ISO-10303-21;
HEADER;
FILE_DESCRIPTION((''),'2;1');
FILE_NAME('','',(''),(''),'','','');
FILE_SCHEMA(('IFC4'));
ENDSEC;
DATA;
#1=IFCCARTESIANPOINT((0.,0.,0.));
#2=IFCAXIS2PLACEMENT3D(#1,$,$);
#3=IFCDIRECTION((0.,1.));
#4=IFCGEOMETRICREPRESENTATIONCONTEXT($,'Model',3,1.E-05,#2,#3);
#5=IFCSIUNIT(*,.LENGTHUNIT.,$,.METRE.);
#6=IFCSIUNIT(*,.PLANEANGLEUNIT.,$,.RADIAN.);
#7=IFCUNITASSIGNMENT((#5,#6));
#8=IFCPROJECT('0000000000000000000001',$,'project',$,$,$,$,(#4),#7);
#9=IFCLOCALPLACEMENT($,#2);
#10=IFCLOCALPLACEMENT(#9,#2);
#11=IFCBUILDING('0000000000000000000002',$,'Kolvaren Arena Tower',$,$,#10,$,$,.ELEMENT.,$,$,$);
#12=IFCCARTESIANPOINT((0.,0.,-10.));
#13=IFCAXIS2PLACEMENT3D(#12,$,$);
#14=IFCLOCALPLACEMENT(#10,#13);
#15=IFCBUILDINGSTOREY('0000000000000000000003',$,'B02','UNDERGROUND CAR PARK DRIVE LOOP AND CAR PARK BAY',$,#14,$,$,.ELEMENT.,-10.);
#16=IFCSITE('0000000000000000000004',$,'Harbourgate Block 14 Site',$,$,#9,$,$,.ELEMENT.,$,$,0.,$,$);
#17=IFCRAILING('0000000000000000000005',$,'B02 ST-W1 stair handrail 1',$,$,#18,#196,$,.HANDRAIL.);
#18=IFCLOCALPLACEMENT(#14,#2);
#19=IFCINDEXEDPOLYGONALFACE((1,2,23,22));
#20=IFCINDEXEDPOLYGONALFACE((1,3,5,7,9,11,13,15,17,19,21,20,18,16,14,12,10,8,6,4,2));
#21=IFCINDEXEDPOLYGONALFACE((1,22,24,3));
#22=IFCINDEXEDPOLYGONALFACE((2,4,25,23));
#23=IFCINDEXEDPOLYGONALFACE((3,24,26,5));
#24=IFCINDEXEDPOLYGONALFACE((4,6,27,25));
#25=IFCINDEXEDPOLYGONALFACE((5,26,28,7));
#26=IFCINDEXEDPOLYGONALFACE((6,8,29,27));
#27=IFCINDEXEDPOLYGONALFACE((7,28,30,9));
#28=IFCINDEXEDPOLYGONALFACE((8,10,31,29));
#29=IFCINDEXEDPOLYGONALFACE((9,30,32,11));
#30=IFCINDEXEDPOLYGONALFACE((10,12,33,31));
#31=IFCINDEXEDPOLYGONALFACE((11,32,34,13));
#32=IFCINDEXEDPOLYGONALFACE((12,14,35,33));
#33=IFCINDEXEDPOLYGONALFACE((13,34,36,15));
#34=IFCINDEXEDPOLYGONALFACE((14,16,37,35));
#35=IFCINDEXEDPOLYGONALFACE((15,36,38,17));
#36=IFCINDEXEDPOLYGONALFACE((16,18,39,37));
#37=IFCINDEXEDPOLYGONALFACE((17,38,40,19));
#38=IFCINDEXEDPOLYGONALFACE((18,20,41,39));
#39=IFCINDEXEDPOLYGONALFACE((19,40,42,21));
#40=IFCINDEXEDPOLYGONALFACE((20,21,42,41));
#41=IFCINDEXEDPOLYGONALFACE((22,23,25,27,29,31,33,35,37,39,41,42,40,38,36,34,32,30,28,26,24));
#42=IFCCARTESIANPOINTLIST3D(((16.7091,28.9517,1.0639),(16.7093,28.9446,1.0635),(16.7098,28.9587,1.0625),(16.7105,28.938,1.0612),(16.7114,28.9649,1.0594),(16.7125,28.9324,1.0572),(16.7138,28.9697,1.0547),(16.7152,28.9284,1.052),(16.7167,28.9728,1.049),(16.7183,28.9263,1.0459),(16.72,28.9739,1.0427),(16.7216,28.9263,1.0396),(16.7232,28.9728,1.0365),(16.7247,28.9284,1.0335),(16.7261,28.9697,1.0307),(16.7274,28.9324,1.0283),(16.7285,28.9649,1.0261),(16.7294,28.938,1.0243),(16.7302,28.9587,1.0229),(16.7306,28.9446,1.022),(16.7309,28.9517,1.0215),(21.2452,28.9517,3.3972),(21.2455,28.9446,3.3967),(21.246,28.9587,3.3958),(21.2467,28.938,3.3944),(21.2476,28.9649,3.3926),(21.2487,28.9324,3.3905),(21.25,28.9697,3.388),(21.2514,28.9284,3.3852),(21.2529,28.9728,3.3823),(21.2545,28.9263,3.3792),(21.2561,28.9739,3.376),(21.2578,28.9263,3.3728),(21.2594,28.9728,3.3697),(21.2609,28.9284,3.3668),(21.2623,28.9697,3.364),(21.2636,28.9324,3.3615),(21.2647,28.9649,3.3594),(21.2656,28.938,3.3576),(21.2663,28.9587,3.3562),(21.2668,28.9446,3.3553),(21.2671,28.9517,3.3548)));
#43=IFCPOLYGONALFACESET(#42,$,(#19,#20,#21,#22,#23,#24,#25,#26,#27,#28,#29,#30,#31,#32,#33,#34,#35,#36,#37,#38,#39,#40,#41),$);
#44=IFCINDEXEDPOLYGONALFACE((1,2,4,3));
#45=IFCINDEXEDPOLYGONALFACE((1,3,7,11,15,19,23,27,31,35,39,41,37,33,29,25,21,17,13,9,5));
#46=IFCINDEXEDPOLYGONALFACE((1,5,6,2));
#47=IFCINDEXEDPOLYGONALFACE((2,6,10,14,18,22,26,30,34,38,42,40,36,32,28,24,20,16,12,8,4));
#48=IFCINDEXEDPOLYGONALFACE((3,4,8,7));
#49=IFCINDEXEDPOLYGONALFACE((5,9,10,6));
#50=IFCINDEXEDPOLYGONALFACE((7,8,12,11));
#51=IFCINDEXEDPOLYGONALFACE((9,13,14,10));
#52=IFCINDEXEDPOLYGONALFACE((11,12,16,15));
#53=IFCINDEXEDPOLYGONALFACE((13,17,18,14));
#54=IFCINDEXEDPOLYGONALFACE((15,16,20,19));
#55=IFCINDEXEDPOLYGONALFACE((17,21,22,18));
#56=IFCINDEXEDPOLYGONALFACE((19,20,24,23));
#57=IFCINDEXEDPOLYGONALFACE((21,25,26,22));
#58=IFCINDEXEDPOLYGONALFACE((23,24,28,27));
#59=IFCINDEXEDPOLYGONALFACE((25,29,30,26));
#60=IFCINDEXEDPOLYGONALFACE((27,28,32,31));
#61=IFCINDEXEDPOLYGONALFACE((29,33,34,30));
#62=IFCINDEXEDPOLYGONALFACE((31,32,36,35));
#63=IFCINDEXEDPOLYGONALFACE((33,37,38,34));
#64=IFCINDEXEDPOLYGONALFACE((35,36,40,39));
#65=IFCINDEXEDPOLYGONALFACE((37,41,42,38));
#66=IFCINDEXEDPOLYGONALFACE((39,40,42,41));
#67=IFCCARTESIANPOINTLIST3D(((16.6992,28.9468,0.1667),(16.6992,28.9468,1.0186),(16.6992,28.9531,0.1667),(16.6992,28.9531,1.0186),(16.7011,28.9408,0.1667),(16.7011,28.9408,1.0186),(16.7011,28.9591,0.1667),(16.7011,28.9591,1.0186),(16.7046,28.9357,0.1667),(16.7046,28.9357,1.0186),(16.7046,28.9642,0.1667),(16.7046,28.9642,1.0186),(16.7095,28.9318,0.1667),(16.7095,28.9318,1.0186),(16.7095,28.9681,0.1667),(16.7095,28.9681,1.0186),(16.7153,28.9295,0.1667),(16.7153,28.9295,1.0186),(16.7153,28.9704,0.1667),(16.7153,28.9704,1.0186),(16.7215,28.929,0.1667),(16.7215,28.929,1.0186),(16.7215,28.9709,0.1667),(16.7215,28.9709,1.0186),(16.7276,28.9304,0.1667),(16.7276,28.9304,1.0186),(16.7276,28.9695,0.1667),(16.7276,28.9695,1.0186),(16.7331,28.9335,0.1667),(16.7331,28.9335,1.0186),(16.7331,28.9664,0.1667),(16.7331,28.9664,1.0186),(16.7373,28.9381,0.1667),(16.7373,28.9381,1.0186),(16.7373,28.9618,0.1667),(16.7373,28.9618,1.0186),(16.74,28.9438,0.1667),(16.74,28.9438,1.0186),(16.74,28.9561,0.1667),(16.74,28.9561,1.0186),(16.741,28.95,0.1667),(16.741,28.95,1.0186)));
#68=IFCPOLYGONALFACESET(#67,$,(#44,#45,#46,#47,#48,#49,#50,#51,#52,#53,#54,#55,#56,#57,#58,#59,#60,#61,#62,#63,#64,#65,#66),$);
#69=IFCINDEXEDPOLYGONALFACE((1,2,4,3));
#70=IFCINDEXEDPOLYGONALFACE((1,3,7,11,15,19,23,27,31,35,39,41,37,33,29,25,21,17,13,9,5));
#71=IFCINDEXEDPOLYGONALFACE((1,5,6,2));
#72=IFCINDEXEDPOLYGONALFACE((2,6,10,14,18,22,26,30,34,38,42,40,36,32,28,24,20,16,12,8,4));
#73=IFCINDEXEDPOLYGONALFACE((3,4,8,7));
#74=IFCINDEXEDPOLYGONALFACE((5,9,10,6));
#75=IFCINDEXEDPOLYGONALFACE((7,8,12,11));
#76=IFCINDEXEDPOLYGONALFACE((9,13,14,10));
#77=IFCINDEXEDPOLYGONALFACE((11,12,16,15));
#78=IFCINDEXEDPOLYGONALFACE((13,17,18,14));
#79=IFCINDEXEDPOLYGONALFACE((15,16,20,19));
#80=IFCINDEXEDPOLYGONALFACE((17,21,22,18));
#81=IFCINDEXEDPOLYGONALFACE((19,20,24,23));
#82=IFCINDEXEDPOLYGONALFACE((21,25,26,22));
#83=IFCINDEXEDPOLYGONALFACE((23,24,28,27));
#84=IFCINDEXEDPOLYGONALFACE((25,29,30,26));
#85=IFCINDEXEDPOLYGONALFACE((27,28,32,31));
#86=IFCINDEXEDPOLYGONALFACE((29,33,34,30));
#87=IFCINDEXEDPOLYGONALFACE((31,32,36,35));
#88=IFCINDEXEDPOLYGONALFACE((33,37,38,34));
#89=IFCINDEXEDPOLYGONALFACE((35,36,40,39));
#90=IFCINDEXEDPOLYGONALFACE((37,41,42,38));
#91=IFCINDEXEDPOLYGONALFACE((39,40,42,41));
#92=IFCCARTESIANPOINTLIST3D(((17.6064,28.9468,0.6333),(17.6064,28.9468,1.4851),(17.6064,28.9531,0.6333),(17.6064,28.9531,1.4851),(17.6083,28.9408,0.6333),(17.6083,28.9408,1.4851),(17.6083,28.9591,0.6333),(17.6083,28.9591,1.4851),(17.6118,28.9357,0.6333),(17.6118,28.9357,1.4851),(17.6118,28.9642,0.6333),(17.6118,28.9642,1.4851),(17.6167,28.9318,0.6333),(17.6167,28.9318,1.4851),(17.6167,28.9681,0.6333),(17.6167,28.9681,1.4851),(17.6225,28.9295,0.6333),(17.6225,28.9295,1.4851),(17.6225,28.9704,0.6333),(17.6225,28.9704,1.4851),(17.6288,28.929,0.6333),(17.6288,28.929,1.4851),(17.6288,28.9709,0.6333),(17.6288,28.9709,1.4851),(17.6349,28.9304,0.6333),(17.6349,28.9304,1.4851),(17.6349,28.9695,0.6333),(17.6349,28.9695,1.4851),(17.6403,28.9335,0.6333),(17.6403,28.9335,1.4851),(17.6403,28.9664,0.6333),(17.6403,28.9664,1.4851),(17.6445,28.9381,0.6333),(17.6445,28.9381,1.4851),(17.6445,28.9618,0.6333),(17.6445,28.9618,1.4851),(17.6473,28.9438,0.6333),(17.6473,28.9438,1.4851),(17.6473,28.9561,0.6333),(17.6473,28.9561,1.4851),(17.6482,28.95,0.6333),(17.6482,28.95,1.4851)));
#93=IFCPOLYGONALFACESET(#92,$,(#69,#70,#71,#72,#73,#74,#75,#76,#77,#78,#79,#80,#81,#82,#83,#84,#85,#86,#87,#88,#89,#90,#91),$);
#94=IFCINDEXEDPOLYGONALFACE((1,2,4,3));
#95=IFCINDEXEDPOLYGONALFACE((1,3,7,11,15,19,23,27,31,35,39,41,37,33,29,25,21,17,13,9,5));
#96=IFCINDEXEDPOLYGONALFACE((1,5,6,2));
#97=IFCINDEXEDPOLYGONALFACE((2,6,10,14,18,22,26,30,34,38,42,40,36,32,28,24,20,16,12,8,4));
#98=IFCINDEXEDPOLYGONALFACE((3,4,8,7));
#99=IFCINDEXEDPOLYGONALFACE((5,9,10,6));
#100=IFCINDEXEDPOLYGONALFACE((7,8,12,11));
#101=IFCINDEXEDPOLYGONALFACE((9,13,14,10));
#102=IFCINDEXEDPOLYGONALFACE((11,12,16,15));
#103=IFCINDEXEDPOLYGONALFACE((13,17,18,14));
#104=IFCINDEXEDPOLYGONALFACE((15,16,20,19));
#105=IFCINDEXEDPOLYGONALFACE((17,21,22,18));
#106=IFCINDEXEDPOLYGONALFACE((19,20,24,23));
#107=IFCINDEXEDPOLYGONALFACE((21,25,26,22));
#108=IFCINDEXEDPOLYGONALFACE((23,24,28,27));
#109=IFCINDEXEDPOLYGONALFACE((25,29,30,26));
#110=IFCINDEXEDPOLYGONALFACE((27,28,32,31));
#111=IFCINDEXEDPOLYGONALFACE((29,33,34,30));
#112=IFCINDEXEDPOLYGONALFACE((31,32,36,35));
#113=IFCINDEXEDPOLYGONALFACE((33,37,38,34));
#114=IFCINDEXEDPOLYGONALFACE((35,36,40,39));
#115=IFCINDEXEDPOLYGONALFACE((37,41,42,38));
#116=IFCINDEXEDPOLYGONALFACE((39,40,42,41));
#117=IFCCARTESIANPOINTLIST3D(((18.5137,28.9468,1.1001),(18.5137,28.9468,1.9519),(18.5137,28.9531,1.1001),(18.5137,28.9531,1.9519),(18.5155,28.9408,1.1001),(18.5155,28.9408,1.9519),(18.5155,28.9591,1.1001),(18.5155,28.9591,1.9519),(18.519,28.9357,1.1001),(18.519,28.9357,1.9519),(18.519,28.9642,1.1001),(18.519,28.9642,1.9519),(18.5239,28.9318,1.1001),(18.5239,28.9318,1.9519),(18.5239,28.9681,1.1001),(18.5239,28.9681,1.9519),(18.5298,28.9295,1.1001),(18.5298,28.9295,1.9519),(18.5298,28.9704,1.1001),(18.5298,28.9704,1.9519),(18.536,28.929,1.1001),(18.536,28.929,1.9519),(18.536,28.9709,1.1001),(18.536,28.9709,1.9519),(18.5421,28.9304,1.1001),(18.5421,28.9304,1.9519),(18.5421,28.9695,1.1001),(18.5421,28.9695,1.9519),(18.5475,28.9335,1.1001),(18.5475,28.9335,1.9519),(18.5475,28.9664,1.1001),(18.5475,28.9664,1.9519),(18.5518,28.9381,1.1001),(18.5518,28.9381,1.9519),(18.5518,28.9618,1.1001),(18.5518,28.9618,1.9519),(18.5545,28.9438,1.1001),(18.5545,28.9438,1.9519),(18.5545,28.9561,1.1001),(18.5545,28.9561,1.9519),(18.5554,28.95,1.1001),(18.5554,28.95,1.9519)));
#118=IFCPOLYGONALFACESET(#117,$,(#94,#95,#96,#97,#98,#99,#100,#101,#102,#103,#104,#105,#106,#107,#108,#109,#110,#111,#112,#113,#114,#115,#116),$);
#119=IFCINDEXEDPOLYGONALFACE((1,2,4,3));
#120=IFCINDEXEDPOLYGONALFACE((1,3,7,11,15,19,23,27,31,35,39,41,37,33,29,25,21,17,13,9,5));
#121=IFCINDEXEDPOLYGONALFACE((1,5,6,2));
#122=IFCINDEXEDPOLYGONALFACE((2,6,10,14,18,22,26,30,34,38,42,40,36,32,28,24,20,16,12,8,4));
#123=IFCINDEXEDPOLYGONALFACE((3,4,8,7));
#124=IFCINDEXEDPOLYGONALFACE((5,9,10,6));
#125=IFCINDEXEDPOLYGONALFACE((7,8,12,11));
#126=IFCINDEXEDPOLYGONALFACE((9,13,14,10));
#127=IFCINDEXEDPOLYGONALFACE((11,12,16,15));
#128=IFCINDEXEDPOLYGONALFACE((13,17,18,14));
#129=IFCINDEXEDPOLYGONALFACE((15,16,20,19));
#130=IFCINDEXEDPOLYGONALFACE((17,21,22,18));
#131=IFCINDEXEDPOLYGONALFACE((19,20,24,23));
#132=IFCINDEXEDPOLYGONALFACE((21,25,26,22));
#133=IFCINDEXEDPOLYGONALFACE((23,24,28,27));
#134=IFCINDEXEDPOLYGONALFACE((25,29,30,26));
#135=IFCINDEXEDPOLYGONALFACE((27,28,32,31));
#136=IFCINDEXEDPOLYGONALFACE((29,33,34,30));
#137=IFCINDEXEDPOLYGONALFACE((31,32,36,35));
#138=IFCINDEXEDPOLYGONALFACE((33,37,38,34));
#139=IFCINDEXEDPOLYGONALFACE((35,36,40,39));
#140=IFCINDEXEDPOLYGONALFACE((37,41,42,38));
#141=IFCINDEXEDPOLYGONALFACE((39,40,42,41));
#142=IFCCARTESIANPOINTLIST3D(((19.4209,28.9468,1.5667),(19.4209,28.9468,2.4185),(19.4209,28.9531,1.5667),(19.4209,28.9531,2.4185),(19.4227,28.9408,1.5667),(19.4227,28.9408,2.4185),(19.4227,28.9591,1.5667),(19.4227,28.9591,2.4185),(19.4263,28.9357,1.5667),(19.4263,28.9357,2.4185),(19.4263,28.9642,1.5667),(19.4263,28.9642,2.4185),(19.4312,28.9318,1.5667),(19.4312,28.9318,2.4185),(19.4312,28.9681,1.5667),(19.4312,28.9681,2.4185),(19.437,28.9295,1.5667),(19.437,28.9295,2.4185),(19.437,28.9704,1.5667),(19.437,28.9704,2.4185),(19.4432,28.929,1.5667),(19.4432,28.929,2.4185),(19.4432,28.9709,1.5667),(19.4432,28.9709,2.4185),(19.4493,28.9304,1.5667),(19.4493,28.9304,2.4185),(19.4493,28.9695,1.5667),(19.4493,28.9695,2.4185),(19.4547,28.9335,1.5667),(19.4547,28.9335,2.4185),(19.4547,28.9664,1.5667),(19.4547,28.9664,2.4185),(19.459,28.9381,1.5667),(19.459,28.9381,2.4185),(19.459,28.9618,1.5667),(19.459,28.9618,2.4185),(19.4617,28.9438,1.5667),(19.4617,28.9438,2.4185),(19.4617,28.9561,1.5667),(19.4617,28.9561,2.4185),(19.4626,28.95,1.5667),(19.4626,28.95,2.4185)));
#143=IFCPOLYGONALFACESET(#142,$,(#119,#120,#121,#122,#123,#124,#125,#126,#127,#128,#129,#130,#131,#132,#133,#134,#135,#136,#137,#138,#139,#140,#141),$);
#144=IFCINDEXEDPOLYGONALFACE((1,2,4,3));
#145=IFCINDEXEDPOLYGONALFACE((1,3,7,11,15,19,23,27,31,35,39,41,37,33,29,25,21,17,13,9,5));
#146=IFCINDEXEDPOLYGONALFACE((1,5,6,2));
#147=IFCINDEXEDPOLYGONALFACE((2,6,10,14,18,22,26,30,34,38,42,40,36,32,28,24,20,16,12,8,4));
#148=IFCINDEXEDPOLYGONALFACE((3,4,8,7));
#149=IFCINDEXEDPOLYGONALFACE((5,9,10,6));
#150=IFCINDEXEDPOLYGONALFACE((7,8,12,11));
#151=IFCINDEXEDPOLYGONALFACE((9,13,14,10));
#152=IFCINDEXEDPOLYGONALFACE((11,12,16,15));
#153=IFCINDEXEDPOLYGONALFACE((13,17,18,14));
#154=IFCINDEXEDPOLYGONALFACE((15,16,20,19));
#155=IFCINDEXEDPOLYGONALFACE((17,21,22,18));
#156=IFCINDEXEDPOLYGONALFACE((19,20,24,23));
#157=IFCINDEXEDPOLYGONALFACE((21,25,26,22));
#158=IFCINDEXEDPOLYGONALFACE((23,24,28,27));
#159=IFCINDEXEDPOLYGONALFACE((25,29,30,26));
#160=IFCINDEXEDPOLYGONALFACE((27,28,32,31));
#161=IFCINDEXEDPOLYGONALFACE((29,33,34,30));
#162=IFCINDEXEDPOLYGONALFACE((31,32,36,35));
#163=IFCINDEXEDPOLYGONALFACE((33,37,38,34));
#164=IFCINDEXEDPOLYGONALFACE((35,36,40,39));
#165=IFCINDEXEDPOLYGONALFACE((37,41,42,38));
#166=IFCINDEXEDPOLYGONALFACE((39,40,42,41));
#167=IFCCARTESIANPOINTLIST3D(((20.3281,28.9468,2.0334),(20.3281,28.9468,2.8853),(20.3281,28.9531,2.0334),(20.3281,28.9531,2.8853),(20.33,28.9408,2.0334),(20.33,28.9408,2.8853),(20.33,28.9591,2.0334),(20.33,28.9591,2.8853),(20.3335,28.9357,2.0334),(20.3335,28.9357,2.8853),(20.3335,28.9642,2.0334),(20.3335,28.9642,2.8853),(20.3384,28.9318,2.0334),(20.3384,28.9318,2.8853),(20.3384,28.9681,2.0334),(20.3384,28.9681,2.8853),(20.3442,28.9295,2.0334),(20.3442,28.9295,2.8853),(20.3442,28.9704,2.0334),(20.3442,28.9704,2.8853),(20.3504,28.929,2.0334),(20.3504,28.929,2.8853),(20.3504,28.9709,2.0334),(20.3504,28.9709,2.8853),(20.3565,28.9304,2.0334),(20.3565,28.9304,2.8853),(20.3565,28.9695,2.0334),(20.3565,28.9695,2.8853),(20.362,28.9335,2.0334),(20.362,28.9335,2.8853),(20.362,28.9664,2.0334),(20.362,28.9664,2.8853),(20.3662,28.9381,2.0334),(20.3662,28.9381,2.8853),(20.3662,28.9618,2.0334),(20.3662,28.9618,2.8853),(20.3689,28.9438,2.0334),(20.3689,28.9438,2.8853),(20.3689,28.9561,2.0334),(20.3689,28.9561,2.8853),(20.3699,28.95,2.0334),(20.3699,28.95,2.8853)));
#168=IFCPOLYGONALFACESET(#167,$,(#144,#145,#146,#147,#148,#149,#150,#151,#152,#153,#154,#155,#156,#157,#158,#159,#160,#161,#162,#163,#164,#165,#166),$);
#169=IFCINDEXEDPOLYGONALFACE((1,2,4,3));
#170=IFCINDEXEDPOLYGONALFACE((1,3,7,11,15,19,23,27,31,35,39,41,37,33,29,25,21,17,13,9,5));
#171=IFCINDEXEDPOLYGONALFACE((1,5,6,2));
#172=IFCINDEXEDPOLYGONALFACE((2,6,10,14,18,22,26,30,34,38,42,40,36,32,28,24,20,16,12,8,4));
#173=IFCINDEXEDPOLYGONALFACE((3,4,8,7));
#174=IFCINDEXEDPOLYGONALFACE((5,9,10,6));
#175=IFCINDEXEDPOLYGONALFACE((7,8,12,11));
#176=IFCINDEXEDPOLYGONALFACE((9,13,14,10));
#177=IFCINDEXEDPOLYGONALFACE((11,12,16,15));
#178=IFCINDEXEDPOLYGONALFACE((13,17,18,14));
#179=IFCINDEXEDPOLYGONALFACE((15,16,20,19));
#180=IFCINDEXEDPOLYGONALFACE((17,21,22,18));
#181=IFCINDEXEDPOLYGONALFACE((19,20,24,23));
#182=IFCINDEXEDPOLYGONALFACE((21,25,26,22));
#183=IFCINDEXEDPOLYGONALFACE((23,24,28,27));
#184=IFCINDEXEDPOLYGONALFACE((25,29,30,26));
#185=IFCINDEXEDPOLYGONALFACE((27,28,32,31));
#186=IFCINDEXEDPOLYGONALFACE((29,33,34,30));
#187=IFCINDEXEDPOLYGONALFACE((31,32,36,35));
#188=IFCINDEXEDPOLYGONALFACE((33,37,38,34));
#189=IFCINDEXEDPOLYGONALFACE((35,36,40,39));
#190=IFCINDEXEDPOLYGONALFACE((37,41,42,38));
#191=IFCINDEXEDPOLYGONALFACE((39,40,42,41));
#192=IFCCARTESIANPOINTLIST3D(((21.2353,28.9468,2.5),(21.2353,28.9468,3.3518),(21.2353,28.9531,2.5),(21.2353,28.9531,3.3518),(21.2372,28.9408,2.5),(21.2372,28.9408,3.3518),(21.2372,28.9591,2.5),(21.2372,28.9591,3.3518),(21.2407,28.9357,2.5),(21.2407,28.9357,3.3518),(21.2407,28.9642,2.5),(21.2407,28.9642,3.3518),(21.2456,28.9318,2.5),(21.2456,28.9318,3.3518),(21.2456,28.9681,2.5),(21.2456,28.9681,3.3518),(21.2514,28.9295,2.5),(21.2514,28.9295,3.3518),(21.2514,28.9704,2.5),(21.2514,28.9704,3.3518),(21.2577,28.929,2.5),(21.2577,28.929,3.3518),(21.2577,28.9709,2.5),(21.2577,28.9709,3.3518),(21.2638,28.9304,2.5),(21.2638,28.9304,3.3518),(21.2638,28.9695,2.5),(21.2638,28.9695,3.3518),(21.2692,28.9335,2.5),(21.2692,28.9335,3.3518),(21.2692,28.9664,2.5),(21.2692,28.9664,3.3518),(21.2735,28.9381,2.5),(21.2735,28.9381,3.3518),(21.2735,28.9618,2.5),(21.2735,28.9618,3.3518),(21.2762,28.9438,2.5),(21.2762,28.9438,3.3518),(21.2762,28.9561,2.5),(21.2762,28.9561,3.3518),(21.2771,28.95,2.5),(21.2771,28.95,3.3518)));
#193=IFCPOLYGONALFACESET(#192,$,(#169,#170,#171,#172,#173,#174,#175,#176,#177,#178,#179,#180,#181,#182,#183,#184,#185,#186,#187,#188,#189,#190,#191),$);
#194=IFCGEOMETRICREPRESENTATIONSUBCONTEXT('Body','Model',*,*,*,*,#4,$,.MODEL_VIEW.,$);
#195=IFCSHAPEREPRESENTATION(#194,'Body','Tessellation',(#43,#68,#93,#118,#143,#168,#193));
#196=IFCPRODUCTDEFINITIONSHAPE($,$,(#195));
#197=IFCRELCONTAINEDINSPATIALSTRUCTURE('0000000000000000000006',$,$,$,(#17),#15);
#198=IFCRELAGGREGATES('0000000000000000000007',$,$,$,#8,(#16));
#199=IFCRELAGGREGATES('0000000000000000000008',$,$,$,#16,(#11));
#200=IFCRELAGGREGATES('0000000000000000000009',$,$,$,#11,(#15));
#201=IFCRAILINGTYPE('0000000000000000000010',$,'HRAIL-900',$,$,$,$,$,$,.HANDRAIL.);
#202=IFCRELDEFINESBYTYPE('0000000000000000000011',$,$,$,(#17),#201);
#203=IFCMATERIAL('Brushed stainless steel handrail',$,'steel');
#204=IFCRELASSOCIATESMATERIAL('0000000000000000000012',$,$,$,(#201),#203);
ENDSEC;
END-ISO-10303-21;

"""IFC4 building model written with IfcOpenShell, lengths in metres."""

from ifc_helpers import new_model, si_unit, direction, frame, origin, origin_2d, place, context, subcontext, project, spatial, circle, extrude, material, type_object, element, save


model = new_model("IFC4")

# Units and contexts
model_context = context("Model", 3, precision=1e-05, world=origin(), true_north=direction((0.0, 1.0)))
body_context = subcontext(model_context, "Body", "Model", "MODEL_VIEW")
ifc_project = project(units=[si_unit("LENGTHUNIT", "METRE"), si_unit("PLANEANGLEUNIT", "RADIAN")], contexts=[model_context])

# Site, building, storey
site_placement = place(None, origin())
site = spatial("IfcSite", under=ifc_project, at=site_placement, Name="Harbourgate Block 14 Site", CompositionType="ELEMENT", RefElevation=0.0)
building_placement = place(site_placement, origin())
building = spatial("IfcBuilding", under=site, at=building_placement, Name="Kolvaren Arena Tower", CompositionType="ELEMENT")
storey_placement = place(building_placement, frame((0.0, 0.0, -10.0)))
storey = spatial("IfcBuildingStorey", under=building, at=storey_placement, Name="B02", Description="UNDERGROUND CAR PARK DRIVE LOOP AND CAR PARK BAY", CompositionType="ELEMENT", Elevation=-10.0)

# Railing
ifc_material_1 = material(Name="Brushed stainless steel handrail", Category="steel")
railing_type_1 = type_object("IfcRailingType", Name="HRAIL-900", PredefinedType="HANDRAIL", material=ifc_material_1)
railing_1_placement = place(storey_placement, frame((16.72, 28.95, 0.1667)))
element("IfcRailing", 1, at=railing_1_placement, inside=storey, type_object=railing_type_1, Name="B02 ST-W1 stair handrail 1", PredefinedType="HANDRAIL", context=body_context, shape_type="SweptSolid", body=[
    extrude(circle(Radius=0.0239, at=origin_2d()), frame((0.0, 0.0, 0.876), z_axis=(0.889257, 0.0, 0.457407), x_axis=(0.0, 1.0, 0.0)), (0.0, 0.0, 1.0), 5.1011),
    extrude(circle(Radius=0.021, at=origin_2d()), origin(), (0.0, 0.0, 1.0), 0.8518),
    extrude(circle(Radius=0.021, at=origin_2d()), frame((0.9072, 0.0, 0.4666)), (0.0, 0.0, 1.0), 0.8518),
    extrude(circle(Radius=0.021, at=origin_2d()), frame((1.8145, 0.0, 0.9333)), (0.0, 0.0, 1.0), 0.8518),
    extrude(circle(Radius=0.021, at=origin_2d()), frame((2.7217, 0.0, 1.3999)), (0.0, 0.0, 1.0), 0.8518),
    extrude(circle(Radius=0.021, at=origin_2d()), frame((3.6289, 0.0, 1.8667)), (0.0, 0.0, 1.0), 0.8518),
    extrude(circle(Radius=0.021, at=origin_2d()), frame((4.5361, 0.0, 2.3333)), (0.0, 0.0, 1.0), 0.8518),
])

save(model, "model.ifc")
